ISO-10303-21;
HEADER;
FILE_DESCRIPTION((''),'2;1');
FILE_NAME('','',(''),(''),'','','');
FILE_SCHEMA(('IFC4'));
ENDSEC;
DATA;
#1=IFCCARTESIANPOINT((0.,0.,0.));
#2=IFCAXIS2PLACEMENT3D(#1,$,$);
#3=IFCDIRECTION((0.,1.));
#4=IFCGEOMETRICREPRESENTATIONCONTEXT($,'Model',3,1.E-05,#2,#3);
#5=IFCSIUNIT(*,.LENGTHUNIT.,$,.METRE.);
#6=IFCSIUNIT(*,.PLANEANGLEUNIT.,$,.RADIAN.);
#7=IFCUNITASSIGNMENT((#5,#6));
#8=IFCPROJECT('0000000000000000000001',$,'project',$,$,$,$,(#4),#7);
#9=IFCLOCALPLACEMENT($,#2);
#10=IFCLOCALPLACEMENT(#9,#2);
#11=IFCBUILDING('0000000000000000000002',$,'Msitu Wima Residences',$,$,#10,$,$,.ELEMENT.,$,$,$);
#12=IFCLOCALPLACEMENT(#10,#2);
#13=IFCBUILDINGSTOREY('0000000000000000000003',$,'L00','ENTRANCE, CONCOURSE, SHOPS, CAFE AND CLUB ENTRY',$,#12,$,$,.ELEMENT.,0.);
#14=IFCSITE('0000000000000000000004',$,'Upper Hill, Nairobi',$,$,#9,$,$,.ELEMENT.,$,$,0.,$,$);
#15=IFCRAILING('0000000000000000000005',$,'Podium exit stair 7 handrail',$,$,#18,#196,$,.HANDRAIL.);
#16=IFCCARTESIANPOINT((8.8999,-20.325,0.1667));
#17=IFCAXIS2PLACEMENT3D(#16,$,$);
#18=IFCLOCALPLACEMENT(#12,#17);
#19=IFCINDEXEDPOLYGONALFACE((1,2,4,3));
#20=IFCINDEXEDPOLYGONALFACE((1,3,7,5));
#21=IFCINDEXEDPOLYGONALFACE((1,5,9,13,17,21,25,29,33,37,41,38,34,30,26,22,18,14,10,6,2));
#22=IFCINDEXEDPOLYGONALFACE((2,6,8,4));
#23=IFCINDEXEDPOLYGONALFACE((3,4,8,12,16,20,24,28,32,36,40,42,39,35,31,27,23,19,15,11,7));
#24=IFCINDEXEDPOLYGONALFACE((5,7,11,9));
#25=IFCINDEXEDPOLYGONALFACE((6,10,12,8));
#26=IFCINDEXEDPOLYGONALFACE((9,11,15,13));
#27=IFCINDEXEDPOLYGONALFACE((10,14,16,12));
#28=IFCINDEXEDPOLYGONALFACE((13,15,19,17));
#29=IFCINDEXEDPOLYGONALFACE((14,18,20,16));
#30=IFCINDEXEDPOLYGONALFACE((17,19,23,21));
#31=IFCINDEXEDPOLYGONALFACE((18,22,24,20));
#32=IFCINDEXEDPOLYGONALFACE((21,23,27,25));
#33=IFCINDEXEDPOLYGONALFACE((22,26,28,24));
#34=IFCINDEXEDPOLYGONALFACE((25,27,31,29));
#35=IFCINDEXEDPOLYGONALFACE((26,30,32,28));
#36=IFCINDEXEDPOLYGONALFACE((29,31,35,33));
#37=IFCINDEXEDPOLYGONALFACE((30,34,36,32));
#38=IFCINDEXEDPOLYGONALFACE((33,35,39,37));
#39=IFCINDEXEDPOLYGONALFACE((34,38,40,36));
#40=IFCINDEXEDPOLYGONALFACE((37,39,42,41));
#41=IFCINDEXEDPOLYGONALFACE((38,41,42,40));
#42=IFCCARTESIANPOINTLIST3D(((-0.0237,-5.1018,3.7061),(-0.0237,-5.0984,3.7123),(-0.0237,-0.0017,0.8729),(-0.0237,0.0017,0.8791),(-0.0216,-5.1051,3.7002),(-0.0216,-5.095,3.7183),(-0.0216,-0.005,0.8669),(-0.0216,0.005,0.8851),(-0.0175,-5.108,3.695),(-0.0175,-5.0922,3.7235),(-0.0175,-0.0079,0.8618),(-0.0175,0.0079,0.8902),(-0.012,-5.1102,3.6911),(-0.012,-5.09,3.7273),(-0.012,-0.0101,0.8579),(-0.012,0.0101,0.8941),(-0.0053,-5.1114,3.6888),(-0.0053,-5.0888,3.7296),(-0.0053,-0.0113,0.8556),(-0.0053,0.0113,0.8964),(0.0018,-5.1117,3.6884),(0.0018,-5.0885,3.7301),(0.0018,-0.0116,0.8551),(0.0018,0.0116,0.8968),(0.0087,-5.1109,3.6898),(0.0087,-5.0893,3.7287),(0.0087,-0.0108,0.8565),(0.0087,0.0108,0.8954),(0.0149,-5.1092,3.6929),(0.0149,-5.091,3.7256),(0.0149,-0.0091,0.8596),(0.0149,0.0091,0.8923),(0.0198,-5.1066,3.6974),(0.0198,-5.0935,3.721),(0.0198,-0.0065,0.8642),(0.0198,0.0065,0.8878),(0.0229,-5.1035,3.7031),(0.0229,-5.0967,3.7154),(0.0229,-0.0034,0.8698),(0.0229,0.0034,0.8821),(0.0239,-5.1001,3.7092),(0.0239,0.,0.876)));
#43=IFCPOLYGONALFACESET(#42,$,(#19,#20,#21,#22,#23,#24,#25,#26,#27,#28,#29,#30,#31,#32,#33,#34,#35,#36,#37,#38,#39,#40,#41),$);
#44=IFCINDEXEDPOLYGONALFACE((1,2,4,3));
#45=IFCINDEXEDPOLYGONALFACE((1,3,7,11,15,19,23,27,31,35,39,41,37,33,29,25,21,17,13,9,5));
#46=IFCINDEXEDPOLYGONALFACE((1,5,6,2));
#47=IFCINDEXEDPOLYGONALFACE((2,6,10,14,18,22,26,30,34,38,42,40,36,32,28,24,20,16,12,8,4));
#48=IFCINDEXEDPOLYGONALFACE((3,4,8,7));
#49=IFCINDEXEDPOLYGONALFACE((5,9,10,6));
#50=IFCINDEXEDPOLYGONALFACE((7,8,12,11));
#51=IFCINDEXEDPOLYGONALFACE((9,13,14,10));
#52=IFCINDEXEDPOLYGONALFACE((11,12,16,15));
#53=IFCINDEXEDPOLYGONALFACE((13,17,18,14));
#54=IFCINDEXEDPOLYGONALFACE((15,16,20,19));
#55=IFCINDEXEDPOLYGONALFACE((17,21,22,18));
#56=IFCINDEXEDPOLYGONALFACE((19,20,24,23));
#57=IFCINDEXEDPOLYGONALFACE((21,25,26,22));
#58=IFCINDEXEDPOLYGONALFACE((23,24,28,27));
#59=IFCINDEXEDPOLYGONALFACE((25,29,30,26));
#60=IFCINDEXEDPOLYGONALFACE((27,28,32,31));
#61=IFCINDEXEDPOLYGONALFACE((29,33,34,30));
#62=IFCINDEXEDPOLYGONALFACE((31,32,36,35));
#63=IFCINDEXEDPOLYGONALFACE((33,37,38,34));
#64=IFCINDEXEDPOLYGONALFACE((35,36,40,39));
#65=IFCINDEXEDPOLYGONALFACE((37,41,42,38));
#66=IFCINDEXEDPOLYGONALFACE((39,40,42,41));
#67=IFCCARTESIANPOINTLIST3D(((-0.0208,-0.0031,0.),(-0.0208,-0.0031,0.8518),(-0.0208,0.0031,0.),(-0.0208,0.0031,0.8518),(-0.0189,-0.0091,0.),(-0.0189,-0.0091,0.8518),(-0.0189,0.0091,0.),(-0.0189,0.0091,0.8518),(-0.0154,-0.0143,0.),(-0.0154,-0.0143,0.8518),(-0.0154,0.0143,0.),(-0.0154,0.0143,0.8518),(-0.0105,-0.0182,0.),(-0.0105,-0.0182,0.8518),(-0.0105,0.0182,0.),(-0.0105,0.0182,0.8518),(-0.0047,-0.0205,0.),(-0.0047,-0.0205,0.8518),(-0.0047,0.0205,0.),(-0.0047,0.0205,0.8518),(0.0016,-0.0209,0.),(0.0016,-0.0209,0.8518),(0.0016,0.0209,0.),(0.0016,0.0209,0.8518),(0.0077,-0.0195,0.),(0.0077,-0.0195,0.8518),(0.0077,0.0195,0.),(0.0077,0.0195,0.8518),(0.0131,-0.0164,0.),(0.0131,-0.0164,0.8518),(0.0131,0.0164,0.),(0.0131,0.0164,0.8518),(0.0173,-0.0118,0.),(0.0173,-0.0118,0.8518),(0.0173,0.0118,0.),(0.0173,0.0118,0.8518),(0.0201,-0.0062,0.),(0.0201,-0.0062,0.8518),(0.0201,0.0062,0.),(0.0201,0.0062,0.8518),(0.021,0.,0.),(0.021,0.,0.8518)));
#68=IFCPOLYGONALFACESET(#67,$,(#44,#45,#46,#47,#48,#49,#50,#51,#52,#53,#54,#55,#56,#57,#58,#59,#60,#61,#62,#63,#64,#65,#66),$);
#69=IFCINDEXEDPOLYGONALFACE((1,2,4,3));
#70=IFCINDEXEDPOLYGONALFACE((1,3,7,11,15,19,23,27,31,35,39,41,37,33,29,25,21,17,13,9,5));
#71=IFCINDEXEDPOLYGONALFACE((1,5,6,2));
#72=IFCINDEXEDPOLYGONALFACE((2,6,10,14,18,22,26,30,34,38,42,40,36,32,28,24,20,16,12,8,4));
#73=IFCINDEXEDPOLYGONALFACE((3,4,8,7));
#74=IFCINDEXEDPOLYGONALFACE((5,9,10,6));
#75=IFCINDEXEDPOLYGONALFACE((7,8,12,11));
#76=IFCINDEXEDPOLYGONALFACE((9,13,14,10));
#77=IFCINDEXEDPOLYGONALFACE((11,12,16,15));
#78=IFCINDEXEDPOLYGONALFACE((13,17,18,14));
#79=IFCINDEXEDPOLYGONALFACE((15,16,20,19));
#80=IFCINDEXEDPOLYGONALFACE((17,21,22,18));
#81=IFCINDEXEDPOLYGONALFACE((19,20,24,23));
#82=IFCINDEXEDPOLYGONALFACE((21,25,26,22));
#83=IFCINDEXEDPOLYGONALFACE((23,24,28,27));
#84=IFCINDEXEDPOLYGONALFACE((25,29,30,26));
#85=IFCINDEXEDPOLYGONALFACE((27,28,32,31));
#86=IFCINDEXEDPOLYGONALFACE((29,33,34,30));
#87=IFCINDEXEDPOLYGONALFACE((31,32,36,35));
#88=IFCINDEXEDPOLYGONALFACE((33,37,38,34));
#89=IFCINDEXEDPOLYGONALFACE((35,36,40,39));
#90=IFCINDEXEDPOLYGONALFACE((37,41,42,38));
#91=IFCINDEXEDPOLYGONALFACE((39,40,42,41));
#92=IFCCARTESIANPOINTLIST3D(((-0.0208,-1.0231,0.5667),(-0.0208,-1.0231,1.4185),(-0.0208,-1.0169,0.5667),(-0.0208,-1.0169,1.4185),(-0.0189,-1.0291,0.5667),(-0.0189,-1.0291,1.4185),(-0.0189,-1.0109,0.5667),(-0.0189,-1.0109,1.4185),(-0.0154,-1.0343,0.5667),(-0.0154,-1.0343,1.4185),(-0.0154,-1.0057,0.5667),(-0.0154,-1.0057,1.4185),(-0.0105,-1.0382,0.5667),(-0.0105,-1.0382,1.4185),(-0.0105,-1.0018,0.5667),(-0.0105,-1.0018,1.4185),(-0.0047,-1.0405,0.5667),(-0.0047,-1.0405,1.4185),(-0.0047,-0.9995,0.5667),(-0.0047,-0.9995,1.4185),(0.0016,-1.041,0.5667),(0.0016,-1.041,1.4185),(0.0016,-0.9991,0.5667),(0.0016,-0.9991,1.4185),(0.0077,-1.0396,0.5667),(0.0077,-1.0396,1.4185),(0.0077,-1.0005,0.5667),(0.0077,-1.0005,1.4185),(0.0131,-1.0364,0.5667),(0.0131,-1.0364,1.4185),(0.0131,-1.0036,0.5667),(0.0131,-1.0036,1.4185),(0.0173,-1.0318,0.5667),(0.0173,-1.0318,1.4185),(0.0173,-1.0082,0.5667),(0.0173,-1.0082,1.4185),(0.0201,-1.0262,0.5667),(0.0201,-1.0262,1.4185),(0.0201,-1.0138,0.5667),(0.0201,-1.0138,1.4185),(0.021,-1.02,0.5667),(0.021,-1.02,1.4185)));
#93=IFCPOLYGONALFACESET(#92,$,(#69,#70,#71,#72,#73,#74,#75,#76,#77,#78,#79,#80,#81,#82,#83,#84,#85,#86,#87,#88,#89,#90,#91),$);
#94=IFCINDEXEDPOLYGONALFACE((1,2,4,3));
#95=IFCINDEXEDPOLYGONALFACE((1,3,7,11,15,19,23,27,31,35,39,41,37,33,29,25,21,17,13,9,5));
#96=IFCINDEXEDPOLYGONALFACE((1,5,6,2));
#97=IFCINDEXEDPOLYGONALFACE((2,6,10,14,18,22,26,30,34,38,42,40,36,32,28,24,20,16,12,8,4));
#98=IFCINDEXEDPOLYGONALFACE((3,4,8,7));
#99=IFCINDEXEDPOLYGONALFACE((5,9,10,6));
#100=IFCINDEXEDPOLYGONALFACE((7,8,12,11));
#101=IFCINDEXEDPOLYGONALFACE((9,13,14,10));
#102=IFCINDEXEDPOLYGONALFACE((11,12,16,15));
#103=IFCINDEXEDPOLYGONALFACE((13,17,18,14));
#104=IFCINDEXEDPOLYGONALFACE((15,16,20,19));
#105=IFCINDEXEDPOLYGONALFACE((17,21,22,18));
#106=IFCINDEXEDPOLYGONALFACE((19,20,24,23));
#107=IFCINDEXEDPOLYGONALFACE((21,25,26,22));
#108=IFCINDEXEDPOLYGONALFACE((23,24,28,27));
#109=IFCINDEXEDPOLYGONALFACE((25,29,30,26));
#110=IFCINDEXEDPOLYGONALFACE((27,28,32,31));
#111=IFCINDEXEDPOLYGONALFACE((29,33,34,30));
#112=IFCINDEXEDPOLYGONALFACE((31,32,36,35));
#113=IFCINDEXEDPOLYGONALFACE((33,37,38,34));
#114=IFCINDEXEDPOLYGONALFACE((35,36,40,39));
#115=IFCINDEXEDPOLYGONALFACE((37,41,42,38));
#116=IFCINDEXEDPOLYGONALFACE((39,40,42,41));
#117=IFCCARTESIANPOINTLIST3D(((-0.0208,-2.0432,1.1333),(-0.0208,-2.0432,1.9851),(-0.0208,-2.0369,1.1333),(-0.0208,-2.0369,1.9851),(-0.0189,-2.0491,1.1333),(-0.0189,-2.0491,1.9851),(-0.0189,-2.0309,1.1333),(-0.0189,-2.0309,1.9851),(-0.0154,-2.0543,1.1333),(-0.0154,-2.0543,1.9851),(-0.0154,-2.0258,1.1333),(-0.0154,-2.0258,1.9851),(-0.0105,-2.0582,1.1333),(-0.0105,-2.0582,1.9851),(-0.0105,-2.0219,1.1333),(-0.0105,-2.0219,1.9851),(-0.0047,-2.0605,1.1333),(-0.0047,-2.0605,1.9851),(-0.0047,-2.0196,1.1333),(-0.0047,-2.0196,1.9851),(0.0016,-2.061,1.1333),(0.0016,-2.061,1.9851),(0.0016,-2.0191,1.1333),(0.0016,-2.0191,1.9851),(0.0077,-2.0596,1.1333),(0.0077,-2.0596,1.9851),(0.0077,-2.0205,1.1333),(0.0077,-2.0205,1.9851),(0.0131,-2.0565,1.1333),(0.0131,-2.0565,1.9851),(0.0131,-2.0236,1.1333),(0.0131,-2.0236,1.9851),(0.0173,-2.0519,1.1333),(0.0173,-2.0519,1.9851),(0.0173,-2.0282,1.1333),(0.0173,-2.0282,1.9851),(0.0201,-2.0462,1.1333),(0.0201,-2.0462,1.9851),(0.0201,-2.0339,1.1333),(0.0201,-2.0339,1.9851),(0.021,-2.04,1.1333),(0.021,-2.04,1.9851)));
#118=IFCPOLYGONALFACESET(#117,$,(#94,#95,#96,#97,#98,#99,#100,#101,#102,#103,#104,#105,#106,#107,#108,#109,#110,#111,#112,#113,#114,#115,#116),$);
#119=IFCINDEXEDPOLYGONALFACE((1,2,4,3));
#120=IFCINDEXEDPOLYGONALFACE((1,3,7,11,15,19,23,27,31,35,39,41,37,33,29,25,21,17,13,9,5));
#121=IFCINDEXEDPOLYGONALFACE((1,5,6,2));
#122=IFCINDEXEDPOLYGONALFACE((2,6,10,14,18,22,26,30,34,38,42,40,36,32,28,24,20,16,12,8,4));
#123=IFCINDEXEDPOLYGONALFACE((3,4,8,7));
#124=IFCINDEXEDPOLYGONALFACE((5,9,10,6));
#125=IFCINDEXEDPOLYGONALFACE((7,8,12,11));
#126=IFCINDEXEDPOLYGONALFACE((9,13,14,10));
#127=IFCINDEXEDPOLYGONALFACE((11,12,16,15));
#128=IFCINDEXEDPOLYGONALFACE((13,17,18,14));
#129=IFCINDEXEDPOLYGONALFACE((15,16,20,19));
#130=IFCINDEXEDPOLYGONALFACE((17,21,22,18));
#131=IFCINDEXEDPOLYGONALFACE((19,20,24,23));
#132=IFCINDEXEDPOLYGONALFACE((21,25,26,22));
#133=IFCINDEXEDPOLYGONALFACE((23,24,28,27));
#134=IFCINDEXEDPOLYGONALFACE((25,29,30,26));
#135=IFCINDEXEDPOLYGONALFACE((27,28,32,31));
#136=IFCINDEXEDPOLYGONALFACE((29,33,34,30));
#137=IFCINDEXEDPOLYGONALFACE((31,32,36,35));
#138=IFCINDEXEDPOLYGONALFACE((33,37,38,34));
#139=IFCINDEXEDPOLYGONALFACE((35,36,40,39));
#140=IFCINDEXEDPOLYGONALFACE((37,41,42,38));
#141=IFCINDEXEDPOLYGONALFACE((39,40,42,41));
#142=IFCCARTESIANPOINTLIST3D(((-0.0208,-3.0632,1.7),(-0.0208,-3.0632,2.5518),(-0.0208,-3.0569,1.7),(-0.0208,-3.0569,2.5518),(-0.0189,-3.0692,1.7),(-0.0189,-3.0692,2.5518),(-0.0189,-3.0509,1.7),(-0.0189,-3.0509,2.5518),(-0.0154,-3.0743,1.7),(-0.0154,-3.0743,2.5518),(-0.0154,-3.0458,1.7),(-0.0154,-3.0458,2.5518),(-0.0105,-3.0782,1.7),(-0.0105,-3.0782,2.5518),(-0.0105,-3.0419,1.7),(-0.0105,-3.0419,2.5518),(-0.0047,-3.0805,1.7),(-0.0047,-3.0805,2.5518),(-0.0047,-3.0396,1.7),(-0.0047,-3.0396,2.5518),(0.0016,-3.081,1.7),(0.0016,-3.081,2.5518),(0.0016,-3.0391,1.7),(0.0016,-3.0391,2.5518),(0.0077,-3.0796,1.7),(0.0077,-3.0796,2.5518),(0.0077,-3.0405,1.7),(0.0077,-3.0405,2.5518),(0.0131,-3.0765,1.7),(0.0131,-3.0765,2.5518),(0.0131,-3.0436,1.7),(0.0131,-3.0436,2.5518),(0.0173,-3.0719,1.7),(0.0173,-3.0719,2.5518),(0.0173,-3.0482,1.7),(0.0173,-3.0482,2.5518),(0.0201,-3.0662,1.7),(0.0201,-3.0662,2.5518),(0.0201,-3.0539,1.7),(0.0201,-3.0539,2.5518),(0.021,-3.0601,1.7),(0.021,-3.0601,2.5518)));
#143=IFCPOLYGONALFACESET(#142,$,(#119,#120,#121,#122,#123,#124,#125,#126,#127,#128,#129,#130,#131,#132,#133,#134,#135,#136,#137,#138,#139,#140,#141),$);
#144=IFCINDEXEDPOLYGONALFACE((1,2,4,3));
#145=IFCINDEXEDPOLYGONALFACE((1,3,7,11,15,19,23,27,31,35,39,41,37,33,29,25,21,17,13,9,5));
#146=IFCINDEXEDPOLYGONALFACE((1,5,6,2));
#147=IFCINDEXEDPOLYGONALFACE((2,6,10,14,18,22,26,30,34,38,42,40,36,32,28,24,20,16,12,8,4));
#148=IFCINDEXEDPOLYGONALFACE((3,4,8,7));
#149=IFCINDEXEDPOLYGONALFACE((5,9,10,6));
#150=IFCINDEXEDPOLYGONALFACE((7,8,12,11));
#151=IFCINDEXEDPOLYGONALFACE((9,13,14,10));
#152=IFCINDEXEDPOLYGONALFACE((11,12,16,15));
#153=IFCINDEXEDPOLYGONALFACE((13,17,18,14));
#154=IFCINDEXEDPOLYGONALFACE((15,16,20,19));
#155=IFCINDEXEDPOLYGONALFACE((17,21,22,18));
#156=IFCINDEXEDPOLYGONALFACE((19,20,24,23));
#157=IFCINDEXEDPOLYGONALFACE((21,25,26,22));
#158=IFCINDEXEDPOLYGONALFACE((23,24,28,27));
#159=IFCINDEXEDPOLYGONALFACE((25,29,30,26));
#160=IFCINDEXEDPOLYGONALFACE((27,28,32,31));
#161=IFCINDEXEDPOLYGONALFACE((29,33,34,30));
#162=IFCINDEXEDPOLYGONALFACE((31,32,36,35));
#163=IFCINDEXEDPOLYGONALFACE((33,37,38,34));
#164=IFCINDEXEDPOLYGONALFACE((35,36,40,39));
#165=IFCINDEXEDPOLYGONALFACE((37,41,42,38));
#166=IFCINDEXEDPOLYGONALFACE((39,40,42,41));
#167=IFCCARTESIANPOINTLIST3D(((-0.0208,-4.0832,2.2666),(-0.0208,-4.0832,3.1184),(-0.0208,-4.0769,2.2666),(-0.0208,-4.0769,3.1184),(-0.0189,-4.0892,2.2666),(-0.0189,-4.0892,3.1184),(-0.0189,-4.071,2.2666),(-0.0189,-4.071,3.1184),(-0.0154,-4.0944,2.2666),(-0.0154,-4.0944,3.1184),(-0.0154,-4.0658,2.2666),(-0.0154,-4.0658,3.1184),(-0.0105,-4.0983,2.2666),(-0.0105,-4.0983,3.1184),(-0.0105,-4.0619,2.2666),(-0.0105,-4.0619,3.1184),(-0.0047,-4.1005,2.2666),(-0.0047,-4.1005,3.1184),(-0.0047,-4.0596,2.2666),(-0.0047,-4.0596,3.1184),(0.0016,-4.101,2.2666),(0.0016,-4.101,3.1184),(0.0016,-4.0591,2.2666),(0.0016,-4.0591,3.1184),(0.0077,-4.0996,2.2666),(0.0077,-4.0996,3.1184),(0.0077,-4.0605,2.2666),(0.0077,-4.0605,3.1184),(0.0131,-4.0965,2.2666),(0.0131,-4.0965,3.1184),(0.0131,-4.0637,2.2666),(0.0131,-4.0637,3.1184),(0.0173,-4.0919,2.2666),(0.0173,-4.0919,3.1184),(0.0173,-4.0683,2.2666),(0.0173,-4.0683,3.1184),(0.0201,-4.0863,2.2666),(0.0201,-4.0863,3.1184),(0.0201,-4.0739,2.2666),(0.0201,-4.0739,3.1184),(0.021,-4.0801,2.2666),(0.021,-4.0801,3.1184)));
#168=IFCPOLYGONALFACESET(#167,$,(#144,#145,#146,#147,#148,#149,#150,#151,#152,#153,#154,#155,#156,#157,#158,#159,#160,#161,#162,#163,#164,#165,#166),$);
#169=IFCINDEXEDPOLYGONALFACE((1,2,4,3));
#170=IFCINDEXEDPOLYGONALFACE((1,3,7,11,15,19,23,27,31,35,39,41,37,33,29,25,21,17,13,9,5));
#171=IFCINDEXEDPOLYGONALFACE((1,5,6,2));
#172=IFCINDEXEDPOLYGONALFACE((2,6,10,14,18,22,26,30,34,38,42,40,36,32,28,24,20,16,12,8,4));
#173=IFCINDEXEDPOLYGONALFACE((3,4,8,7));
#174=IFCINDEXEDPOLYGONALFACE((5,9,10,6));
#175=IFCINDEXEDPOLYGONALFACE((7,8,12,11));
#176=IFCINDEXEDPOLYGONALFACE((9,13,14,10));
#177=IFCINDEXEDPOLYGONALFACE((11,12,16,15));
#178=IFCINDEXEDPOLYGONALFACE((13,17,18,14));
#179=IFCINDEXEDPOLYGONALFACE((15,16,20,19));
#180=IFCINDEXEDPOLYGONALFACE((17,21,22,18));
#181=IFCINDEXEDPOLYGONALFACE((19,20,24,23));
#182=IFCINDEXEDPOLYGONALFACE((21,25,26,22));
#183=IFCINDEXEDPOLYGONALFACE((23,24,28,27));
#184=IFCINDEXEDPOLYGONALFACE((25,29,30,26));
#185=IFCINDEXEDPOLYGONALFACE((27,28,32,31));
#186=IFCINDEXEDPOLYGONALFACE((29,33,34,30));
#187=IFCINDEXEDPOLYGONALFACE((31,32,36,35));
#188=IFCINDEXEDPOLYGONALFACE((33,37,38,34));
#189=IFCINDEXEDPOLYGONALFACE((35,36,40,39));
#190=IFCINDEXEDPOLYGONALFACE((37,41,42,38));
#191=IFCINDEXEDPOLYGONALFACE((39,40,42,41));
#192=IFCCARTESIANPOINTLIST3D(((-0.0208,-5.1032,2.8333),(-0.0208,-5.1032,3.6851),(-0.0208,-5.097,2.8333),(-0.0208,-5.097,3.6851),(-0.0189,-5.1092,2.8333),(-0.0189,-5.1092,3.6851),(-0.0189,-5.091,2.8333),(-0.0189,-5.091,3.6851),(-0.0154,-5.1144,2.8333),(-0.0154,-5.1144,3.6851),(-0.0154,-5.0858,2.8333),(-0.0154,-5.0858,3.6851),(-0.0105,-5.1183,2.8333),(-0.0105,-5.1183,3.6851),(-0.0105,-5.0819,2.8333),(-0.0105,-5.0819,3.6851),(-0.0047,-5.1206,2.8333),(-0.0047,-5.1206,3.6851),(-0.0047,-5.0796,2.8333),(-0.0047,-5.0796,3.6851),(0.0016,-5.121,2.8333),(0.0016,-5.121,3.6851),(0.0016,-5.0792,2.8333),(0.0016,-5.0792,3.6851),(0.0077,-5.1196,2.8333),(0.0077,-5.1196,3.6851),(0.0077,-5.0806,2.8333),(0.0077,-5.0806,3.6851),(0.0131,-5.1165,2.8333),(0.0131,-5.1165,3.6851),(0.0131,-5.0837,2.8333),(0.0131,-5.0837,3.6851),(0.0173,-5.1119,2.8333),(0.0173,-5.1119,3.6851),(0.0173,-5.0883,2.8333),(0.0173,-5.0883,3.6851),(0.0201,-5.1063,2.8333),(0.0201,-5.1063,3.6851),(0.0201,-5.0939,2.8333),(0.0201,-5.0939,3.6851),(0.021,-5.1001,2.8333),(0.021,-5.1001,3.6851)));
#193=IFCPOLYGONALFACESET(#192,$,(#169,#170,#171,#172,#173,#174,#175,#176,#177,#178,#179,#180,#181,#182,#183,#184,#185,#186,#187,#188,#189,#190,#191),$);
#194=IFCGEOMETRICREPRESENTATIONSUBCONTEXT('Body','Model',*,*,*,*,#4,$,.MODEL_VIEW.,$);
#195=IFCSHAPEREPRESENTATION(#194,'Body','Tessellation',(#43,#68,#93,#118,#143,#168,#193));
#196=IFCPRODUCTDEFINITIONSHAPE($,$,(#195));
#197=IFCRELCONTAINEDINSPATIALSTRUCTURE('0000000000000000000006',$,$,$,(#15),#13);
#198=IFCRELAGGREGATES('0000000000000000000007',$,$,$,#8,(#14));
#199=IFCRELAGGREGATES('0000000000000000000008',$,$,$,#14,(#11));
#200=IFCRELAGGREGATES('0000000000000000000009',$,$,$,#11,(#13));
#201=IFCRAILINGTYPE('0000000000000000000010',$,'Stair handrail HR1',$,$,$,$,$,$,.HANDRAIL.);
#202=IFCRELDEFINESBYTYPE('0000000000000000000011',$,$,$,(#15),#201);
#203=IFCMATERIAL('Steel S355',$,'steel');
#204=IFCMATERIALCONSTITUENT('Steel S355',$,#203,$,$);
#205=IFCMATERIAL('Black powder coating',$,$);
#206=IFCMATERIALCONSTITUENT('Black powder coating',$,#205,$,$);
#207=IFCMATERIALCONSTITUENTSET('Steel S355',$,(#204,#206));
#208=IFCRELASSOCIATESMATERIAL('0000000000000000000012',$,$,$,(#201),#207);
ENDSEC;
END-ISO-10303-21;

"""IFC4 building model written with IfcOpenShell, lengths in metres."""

from ifc_helpers import new_model, si_unit, direction, frame, origin, origin_2d, place, context, subcontext, project, spatial, circle, extrude, material, constituent, constituent_set, type_object, element, save


model = new_model("IFC4")

# Units and contexts
model_context = context("Model", 3, precision=1e-05, world=origin(), true_north=direction((0.0, 1.0)))
body_context = subcontext(model_context, "Body", "Model", "MODEL_VIEW")
ifc_project = project(units=[si_unit("LENGTHUNIT", "METRE"), si_unit("PLANEANGLEUNIT", "RADIAN")], contexts=[model_context])

# Site, building, storey
site_placement = place(None, origin())
site = spatial("IfcSite", under=ifc_project, at=site_placement, Name="Upper Hill, Nairobi", CompositionType="ELEMENT", RefElevation=0.0)
building_placement = place(site_placement, origin())
building = spatial("IfcBuilding", under=site, at=building_placement, Name="Msitu Wima Residences", CompositionType="ELEMENT")
storey_placement = place(building_placement, origin())
storey = spatial("IfcBuildingStorey", under=building, at=storey_placement, Name="L00", Description="ENTRANCE, CONCOURSE, SHOPS, CAFE AND CLUB ENTRY", CompositionType="ELEMENT", Elevation=0.0)

# Railing
ifc_material_1 = material(Name="Steel S355", Category="steel")
ifc_constituent_1 = constituent(ifc_material_1, Name="Steel S355")
ifc_material_2 = material(Name="Black powder coating")
ifc_constituent_2 = constituent(ifc_material_2, Name="Black powder coating")
ifc_constituent_set = constituent_set(constituents=[ifc_constituent_1, ifc_constituent_2], Name="Steel S355")
railing_type = type_object("IfcRailingType", Name="Stair handrail HR1", PredefinedType="HANDRAIL", material=ifc_constituent_set)
for number, where, name in (
    (1, (8.8999, -20.325, 0.1667), "Podium exit stair 7 handrail"),
):
    element("IfcRailing", number, at=place(storey_placement, frame(where)), inside=storey, type_object=railing_type, Name=name, PredefinedType="HANDRAIL", context=body_context, shape_type="SweptSolid", body=[
        extrude(circle(Radius=0.0239, at=origin_2d()), frame((0.0, 0.0, 0.876), z_axis=(0.0, -0.874167, 0.485625), x_axis=(1.0, 0.0, 0.0)), (0.0, 0.0, 1.0), 5.8342),
        extrude(circle(Radius=0.021, at=origin_2d()), origin(), (0.0, 0.0, 1.0), 0.8518),
        extrude(circle(Radius=0.021, at=origin_2d()), frame((0.0, -1.02, 0.5667)), (0.0, 0.0, 1.0), 0.8518),
        extrude(circle(Radius=0.021, at=origin_2d()), frame((0.0, -2.04, 1.1333)), (0.0, 0.0, 1.0), 0.8518),
        extrude(circle(Radius=0.021, at=origin_2d()), frame((0.0, -3.0601, 1.7)), (0.0, 0.0, 1.0), 0.8518),
        extrude(circle(Radius=0.021, at=origin_2d()), frame((0.0, -4.0801, 2.2666)), (0.0, 0.0, 1.0), 0.8518),
        extrude(circle(Radius=0.021, at=origin_2d()), frame((0.0, -5.1001, 2.8333)), (0.0, 0.0, 1.0), 0.8518),
    ])

save(model, "model.ifc")
